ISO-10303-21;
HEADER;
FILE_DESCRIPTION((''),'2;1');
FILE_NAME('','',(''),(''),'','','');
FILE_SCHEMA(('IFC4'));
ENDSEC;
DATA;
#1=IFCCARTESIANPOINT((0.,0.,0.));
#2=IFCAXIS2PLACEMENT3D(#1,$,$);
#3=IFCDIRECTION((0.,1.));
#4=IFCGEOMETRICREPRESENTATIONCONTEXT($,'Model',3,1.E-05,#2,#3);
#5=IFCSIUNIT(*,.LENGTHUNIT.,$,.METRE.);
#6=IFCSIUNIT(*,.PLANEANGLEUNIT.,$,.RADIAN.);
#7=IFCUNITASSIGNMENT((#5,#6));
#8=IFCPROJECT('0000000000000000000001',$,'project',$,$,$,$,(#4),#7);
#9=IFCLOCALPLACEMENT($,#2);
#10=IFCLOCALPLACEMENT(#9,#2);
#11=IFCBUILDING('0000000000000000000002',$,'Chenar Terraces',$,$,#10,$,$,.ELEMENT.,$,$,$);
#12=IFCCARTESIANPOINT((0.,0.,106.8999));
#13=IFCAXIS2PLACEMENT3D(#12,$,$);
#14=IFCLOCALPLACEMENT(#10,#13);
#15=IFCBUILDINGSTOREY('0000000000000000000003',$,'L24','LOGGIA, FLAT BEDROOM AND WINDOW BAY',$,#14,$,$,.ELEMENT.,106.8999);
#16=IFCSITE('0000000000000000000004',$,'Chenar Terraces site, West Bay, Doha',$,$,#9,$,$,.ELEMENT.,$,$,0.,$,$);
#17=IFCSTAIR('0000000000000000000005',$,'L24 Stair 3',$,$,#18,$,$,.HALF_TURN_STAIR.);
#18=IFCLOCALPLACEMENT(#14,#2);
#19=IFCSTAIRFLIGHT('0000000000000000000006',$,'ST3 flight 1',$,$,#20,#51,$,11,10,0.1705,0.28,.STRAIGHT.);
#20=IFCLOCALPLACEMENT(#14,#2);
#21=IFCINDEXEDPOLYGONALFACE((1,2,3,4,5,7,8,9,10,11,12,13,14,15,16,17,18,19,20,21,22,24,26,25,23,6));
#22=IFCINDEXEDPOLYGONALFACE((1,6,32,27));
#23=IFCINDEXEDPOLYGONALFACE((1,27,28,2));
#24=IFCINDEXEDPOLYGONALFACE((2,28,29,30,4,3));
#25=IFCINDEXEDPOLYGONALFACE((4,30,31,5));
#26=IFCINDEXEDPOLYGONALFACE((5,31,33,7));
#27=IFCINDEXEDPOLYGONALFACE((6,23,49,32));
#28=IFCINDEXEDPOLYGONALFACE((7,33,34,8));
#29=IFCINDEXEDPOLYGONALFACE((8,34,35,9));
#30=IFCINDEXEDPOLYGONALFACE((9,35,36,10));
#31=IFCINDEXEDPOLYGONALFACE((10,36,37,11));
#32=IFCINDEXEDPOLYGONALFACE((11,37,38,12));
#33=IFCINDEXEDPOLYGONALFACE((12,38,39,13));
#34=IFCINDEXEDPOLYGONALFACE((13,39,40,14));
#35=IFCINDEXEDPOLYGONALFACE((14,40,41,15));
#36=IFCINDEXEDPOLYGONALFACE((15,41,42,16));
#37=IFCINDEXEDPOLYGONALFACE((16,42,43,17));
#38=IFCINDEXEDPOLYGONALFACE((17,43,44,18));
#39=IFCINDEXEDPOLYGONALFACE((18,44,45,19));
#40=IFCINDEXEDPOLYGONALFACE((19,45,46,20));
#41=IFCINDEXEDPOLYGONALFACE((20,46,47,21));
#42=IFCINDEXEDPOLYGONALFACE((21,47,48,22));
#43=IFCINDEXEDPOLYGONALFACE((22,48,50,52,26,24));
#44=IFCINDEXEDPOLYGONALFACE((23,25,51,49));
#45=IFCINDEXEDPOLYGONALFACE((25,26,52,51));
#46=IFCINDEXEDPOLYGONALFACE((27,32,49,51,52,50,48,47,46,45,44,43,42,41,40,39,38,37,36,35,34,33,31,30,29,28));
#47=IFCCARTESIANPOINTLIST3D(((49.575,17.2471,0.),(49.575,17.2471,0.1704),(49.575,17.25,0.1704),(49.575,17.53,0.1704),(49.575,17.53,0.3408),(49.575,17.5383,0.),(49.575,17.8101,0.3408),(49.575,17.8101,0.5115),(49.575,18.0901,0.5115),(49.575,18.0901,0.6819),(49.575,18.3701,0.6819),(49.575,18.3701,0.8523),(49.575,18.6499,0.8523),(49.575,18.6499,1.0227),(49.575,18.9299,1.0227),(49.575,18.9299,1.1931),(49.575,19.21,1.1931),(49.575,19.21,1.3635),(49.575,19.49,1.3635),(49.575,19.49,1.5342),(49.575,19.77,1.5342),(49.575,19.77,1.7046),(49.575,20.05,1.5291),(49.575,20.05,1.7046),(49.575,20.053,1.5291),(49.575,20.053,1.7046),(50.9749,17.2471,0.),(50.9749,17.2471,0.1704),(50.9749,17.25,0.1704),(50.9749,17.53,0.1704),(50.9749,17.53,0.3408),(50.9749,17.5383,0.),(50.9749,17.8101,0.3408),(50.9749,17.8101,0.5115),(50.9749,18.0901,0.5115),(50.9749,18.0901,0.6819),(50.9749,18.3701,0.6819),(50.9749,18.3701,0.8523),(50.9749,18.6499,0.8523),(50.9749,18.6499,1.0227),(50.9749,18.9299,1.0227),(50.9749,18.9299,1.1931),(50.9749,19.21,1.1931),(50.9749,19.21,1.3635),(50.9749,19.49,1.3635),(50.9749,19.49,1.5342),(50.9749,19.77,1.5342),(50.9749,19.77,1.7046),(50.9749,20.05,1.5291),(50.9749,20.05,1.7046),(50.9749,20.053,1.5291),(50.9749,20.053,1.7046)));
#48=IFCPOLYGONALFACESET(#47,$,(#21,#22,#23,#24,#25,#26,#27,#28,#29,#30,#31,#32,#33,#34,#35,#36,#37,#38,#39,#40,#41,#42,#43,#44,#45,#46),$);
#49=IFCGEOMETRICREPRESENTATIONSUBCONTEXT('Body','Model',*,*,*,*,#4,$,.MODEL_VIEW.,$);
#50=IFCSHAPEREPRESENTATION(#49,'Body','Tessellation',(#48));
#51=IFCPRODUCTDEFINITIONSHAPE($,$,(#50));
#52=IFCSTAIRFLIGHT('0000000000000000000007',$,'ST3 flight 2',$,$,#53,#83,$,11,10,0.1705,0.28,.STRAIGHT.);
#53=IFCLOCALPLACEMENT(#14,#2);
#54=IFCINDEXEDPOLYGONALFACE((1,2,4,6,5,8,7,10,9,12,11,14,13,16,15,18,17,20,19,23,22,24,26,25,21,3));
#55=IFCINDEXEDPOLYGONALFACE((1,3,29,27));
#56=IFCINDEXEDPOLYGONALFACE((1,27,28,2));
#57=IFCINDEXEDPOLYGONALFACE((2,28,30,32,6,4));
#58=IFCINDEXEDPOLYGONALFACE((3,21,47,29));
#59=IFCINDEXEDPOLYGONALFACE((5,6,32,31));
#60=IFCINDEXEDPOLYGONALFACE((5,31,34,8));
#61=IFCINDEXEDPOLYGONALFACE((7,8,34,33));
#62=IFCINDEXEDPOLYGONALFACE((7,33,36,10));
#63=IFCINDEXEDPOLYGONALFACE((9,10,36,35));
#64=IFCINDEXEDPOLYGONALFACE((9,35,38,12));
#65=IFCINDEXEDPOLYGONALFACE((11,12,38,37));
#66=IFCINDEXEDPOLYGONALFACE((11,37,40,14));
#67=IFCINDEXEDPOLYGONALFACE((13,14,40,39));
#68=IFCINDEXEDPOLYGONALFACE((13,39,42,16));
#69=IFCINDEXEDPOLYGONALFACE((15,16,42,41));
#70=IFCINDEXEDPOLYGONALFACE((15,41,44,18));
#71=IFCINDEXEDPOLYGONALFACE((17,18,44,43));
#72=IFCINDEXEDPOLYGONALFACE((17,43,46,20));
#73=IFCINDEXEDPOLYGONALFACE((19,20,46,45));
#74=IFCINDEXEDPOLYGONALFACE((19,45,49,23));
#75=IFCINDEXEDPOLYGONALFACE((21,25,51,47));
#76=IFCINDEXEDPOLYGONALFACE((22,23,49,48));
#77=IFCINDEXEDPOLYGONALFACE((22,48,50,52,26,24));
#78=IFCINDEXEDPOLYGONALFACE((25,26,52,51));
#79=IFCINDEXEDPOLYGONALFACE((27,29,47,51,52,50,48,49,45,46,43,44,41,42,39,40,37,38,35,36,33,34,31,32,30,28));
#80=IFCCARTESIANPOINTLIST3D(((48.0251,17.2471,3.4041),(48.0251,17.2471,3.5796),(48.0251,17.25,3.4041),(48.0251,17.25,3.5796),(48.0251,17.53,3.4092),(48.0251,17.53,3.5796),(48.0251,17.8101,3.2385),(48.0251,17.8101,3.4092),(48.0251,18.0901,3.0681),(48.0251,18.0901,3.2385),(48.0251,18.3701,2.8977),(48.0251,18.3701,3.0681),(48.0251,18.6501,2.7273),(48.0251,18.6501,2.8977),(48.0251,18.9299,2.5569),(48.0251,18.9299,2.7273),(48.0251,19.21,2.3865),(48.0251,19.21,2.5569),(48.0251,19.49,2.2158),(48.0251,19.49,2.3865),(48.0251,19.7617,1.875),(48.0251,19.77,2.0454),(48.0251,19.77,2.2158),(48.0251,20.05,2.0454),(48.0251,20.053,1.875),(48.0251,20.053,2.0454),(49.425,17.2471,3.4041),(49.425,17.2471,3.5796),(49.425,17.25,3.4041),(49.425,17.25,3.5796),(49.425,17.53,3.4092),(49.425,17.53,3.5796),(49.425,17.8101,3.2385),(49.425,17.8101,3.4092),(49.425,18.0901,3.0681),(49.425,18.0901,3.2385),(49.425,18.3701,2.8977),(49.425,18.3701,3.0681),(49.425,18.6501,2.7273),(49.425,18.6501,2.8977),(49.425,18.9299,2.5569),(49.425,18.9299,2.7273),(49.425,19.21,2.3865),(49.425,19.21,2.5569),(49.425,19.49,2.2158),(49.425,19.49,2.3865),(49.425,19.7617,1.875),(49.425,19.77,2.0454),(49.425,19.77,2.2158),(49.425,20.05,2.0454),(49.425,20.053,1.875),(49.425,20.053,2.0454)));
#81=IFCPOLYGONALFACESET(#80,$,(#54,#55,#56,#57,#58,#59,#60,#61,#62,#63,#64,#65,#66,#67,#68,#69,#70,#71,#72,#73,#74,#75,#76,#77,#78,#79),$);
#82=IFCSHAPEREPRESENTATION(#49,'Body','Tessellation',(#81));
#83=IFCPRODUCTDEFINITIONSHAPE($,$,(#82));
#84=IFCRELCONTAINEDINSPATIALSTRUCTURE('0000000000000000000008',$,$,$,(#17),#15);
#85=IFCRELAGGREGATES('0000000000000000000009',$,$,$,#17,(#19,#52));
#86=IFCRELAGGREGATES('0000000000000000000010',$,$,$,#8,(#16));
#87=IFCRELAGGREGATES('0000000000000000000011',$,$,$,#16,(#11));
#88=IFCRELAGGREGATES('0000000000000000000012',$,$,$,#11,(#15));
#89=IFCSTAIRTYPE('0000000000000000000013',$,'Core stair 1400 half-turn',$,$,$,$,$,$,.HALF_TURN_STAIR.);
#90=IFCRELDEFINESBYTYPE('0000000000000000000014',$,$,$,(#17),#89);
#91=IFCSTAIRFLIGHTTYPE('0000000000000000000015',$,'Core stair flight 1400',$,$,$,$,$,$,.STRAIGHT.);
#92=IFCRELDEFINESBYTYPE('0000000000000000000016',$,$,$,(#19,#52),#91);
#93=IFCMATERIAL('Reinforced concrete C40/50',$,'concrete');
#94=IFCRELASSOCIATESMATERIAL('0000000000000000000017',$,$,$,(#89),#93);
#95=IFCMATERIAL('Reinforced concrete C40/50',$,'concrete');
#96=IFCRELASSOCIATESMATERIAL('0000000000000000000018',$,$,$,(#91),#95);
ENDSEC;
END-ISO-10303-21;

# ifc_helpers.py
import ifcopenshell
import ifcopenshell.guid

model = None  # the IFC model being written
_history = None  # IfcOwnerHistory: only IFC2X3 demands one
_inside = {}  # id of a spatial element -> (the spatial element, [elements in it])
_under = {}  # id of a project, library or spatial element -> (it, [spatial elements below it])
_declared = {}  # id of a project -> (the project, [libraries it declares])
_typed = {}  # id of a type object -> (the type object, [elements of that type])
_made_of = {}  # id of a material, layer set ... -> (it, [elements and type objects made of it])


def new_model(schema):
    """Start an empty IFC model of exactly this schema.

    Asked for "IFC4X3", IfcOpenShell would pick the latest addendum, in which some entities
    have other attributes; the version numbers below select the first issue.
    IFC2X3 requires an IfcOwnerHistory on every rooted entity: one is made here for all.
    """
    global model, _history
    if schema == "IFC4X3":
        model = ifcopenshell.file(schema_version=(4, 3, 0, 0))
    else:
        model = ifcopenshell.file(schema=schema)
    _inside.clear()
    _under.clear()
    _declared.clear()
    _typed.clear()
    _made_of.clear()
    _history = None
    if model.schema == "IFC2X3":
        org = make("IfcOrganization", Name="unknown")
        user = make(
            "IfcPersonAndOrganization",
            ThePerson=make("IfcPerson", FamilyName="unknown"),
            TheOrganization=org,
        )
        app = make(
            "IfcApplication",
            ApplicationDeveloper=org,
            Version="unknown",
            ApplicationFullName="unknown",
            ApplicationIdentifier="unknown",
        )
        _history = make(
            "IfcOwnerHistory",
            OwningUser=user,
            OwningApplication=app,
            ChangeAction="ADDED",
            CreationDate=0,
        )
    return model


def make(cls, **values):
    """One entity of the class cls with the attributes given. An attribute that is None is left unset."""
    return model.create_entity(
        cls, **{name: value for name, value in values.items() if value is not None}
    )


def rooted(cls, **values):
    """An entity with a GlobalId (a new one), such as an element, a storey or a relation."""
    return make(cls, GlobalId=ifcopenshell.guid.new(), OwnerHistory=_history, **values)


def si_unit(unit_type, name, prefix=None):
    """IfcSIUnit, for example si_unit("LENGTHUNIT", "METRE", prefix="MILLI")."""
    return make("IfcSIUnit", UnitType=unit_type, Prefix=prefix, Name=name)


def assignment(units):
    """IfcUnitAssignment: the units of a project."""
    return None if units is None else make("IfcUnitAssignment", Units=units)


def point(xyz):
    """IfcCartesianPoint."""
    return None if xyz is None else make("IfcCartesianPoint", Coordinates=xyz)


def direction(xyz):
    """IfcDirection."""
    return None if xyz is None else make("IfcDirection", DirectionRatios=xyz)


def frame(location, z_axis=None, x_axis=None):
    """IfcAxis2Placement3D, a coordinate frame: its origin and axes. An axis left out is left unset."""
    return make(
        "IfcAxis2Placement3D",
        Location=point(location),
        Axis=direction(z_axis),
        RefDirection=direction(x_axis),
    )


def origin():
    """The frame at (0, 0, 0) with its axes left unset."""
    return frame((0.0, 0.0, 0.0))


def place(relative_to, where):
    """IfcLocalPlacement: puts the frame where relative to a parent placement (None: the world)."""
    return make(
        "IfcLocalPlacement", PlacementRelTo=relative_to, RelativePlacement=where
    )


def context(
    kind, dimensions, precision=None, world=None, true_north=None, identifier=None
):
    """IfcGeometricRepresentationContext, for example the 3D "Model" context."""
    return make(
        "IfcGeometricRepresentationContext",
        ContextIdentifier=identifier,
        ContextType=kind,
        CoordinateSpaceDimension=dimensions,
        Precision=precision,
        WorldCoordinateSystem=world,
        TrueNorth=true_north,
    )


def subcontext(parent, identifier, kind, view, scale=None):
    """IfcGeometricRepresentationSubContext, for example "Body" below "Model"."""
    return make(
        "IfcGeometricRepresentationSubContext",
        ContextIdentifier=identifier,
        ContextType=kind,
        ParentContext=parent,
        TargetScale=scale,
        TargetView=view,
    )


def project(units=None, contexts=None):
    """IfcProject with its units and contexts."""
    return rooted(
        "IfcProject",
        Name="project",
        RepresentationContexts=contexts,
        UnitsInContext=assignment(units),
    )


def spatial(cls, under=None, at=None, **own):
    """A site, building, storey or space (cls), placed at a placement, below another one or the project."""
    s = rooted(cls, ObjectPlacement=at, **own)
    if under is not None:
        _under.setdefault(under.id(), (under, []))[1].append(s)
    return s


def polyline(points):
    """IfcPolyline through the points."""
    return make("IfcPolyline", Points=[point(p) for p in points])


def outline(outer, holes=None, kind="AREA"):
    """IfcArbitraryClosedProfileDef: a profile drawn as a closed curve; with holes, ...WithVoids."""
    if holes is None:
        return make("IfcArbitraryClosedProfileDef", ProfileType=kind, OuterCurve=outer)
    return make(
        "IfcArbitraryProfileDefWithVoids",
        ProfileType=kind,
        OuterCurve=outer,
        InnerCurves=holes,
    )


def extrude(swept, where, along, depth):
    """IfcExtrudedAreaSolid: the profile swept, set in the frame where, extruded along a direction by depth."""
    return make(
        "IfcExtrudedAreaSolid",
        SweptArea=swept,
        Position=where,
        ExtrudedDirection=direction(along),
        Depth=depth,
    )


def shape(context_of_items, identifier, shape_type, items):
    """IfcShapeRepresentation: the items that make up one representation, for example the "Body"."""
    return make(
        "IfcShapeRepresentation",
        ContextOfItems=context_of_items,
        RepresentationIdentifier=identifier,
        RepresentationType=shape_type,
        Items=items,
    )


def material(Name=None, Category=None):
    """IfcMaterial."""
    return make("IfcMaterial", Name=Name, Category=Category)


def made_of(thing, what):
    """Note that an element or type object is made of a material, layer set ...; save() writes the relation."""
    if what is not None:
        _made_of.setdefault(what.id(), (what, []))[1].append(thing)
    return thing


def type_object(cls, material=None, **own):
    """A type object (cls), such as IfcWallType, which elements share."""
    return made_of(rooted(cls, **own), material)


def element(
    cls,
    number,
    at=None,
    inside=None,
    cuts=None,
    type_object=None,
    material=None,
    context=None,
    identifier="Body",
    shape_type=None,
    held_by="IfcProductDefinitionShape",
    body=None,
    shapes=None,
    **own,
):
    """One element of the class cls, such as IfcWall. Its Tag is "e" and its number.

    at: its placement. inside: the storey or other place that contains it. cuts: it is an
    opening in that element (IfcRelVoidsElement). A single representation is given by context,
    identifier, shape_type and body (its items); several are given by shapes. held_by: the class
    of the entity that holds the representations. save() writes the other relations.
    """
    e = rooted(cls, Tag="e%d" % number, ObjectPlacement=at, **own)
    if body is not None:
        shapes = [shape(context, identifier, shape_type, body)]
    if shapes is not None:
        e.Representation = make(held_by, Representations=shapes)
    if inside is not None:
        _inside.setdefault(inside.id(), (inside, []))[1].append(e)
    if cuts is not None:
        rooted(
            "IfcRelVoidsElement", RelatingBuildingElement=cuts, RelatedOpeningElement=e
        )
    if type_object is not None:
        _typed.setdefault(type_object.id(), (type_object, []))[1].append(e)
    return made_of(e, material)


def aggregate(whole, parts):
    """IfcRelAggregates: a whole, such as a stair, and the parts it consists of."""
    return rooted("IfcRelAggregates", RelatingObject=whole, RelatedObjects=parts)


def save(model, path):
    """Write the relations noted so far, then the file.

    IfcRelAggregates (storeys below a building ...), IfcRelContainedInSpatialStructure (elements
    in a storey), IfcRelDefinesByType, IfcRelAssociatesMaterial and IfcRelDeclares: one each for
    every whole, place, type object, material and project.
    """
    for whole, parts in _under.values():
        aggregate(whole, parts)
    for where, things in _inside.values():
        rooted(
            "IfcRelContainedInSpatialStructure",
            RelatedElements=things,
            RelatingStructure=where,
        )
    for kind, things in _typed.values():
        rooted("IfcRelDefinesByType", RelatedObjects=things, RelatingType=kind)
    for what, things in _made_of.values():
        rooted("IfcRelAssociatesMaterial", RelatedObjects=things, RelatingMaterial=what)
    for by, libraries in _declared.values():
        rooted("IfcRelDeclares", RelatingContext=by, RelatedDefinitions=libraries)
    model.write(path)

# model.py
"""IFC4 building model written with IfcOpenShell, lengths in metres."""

from ifc_helpers import new_model, si_unit, direction, frame, origin, place, context, subcontext, project, spatial, polyline, outline, extrude, material, type_object, element, aggregate, save


model = new_model("IFC4")

# Units and contexts
model_context = context("Model", 3, precision=1e-05, world=origin(), true_north=direction((0.0, 1.0)))
body_context = subcontext(model_context, "Body", "Model", "MODEL_VIEW")
ifc_project = project(units=[si_unit("LENGTHUNIT", "METRE"), si_unit("PLANEANGLEUNIT", "RADIAN")], contexts=[model_context])

# Site, building, storey
site_placement = place(None, origin())
site = spatial("IfcSite", under=ifc_project, at=site_placement, Name="Chenar Terraces site, West Bay, Doha", CompositionType="ELEMENT", RefElevation=0.0)
building_placement = place(site_placement, origin())
building = spatial("IfcBuilding", under=site, at=building_placement, Name="Chenar Terraces", CompositionType="ELEMENT")
storey_placement = place(building_placement, frame((0.0, 0.0, 106.8999)))
storey = spatial("IfcBuildingStorey", under=building, at=storey_placement, Name="L24", Description="LOGGIA, FLAT BEDROOM AND WINDOW BAY", CompositionType="ELEMENT", Elevation=106.8999)

# Stair, stair flights
ifc_material_1 = material(Name="Reinforced concrete C40/50", Category="concrete")
stair_type = type_object("IfcStairType", Name="Core stair 1400 half-turn", PredefinedType="HALF_TURN_STAIR", material=ifc_material_1)
stair_placement = place(storey_placement, origin())
stair = element("IfcStair", 1, at=stair_placement, inside=storey, type_object=stair_type, Name="L24 Stair 3", PredefinedType="HALF_TURN_STAIR")
ifc_material_2 = material(Name="Reinforced concrete C40/50", Category="concrete")
stair_flight_type = type_object("IfcStairFlightType", Name="Core stair flight 1400", PredefinedType="STRAIGHT", material=ifc_material_2)
stair_flight_1_placement = place(storey_placement, frame((50.2749, 17.25, 0.0), z_axis=(0.0, 0.0, 1.0), x_axis=(0.0, 1.0, 0.0)))
stair_flight_1 = element("IfcStairFlight", 2, at=stair_flight_1_placement, type_object=stair_flight_type, Name="ST3 flight 1", NumberOfRisers=11, NumberOfTreads=10, PredefinedType="STRAIGHT", RiserHeight=0.1705, TreadLength=0.28, context=body_context, shape_type="SweptSolid", body=[
    extrude(outline(polyline([(-0.0029, 0.0), (-0.0029, 0.1704), (0.0, 0.1704), (0.28, 0.1704), (0.28, 0.3408), (0.5601, 0.3408), (0.5601, 0.5115), (0.8401, 0.5115), (0.8401, 0.6819), (1.1201, 0.6819), (1.1201, 0.8523), (1.3999, 0.8523), (1.3999, 1.0227), (1.6799, 1.0227), (1.6799, 1.1931), (1.96, 1.1931), (1.96, 1.3635), (2.24, 1.3635), (2.24, 1.5342), (2.52, 1.5342), (2.52, 1.7046), (2.8, 1.7046), (2.803, 1.7046), (2.803, 1.5291), (2.8, 1.5291), (0.2883, 0.0), (-0.0029, 0.0)])), frame((0.0, 0.7, 0.0), z_axis=(0.0, -1.0, 0.0), x_axis=(1.0, 0.0, 0.0)), (0.0, 0.0, 1.0), 1.3999),
])
stair_flight_2_placement = place(storey_placement, frame((48.7251, 20.05, 1.875), z_axis=(0.0, 0.0, 1.0), x_axis=(0.0, -1.0, 0.0)))
stair_flight_2 = element("IfcStairFlight", 3, at=stair_flight_2_placement, type_object=stair_flight_type, Name="ST3 flight 2", NumberOfRisers=11, NumberOfTreads=10, PredefinedType="STRAIGHT", RiserHeight=0.1705, TreadLength=0.28, context=body_context, shape_type="SweptSolid", body=[
    extrude(outline(polyline([(-0.0029, 0.0), (-0.0029, 0.1704), (0.0, 0.1704), (0.28, 0.1704), (0.28, 0.3408), (0.5601, 0.3408), (0.5601, 0.5115), (0.8401, 0.5115), (0.8401, 0.6819), (1.1201, 0.6819), (1.1201, 0.8523), (1.3999, 0.8523), (1.3999, 1.0227), (1.6799, 1.0227), (1.6799, 1.1931), (1.96, 1.1931), (1.96, 1.3635), (2.24, 1.3635), (2.24, 1.5342), (2.52, 1.5342), (2.52, 1.7046), (2.8, 1.7046), (2.803, 1.7046), (2.803, 1.5291), (2.8, 1.5291), (0.2883, 0.0), (-0.0029, 0.0)])), frame((0.0, 0.7, 0.0), z_axis=(0.0, -1.0, 0.0), x_axis=(1.0, 0.0, 0.0)), (0.0, 0.0, 1.0), 1.3999),
])
aggregate(stair, [stair_flight_1, stair_flight_2])

save(model, "model.ifc")
